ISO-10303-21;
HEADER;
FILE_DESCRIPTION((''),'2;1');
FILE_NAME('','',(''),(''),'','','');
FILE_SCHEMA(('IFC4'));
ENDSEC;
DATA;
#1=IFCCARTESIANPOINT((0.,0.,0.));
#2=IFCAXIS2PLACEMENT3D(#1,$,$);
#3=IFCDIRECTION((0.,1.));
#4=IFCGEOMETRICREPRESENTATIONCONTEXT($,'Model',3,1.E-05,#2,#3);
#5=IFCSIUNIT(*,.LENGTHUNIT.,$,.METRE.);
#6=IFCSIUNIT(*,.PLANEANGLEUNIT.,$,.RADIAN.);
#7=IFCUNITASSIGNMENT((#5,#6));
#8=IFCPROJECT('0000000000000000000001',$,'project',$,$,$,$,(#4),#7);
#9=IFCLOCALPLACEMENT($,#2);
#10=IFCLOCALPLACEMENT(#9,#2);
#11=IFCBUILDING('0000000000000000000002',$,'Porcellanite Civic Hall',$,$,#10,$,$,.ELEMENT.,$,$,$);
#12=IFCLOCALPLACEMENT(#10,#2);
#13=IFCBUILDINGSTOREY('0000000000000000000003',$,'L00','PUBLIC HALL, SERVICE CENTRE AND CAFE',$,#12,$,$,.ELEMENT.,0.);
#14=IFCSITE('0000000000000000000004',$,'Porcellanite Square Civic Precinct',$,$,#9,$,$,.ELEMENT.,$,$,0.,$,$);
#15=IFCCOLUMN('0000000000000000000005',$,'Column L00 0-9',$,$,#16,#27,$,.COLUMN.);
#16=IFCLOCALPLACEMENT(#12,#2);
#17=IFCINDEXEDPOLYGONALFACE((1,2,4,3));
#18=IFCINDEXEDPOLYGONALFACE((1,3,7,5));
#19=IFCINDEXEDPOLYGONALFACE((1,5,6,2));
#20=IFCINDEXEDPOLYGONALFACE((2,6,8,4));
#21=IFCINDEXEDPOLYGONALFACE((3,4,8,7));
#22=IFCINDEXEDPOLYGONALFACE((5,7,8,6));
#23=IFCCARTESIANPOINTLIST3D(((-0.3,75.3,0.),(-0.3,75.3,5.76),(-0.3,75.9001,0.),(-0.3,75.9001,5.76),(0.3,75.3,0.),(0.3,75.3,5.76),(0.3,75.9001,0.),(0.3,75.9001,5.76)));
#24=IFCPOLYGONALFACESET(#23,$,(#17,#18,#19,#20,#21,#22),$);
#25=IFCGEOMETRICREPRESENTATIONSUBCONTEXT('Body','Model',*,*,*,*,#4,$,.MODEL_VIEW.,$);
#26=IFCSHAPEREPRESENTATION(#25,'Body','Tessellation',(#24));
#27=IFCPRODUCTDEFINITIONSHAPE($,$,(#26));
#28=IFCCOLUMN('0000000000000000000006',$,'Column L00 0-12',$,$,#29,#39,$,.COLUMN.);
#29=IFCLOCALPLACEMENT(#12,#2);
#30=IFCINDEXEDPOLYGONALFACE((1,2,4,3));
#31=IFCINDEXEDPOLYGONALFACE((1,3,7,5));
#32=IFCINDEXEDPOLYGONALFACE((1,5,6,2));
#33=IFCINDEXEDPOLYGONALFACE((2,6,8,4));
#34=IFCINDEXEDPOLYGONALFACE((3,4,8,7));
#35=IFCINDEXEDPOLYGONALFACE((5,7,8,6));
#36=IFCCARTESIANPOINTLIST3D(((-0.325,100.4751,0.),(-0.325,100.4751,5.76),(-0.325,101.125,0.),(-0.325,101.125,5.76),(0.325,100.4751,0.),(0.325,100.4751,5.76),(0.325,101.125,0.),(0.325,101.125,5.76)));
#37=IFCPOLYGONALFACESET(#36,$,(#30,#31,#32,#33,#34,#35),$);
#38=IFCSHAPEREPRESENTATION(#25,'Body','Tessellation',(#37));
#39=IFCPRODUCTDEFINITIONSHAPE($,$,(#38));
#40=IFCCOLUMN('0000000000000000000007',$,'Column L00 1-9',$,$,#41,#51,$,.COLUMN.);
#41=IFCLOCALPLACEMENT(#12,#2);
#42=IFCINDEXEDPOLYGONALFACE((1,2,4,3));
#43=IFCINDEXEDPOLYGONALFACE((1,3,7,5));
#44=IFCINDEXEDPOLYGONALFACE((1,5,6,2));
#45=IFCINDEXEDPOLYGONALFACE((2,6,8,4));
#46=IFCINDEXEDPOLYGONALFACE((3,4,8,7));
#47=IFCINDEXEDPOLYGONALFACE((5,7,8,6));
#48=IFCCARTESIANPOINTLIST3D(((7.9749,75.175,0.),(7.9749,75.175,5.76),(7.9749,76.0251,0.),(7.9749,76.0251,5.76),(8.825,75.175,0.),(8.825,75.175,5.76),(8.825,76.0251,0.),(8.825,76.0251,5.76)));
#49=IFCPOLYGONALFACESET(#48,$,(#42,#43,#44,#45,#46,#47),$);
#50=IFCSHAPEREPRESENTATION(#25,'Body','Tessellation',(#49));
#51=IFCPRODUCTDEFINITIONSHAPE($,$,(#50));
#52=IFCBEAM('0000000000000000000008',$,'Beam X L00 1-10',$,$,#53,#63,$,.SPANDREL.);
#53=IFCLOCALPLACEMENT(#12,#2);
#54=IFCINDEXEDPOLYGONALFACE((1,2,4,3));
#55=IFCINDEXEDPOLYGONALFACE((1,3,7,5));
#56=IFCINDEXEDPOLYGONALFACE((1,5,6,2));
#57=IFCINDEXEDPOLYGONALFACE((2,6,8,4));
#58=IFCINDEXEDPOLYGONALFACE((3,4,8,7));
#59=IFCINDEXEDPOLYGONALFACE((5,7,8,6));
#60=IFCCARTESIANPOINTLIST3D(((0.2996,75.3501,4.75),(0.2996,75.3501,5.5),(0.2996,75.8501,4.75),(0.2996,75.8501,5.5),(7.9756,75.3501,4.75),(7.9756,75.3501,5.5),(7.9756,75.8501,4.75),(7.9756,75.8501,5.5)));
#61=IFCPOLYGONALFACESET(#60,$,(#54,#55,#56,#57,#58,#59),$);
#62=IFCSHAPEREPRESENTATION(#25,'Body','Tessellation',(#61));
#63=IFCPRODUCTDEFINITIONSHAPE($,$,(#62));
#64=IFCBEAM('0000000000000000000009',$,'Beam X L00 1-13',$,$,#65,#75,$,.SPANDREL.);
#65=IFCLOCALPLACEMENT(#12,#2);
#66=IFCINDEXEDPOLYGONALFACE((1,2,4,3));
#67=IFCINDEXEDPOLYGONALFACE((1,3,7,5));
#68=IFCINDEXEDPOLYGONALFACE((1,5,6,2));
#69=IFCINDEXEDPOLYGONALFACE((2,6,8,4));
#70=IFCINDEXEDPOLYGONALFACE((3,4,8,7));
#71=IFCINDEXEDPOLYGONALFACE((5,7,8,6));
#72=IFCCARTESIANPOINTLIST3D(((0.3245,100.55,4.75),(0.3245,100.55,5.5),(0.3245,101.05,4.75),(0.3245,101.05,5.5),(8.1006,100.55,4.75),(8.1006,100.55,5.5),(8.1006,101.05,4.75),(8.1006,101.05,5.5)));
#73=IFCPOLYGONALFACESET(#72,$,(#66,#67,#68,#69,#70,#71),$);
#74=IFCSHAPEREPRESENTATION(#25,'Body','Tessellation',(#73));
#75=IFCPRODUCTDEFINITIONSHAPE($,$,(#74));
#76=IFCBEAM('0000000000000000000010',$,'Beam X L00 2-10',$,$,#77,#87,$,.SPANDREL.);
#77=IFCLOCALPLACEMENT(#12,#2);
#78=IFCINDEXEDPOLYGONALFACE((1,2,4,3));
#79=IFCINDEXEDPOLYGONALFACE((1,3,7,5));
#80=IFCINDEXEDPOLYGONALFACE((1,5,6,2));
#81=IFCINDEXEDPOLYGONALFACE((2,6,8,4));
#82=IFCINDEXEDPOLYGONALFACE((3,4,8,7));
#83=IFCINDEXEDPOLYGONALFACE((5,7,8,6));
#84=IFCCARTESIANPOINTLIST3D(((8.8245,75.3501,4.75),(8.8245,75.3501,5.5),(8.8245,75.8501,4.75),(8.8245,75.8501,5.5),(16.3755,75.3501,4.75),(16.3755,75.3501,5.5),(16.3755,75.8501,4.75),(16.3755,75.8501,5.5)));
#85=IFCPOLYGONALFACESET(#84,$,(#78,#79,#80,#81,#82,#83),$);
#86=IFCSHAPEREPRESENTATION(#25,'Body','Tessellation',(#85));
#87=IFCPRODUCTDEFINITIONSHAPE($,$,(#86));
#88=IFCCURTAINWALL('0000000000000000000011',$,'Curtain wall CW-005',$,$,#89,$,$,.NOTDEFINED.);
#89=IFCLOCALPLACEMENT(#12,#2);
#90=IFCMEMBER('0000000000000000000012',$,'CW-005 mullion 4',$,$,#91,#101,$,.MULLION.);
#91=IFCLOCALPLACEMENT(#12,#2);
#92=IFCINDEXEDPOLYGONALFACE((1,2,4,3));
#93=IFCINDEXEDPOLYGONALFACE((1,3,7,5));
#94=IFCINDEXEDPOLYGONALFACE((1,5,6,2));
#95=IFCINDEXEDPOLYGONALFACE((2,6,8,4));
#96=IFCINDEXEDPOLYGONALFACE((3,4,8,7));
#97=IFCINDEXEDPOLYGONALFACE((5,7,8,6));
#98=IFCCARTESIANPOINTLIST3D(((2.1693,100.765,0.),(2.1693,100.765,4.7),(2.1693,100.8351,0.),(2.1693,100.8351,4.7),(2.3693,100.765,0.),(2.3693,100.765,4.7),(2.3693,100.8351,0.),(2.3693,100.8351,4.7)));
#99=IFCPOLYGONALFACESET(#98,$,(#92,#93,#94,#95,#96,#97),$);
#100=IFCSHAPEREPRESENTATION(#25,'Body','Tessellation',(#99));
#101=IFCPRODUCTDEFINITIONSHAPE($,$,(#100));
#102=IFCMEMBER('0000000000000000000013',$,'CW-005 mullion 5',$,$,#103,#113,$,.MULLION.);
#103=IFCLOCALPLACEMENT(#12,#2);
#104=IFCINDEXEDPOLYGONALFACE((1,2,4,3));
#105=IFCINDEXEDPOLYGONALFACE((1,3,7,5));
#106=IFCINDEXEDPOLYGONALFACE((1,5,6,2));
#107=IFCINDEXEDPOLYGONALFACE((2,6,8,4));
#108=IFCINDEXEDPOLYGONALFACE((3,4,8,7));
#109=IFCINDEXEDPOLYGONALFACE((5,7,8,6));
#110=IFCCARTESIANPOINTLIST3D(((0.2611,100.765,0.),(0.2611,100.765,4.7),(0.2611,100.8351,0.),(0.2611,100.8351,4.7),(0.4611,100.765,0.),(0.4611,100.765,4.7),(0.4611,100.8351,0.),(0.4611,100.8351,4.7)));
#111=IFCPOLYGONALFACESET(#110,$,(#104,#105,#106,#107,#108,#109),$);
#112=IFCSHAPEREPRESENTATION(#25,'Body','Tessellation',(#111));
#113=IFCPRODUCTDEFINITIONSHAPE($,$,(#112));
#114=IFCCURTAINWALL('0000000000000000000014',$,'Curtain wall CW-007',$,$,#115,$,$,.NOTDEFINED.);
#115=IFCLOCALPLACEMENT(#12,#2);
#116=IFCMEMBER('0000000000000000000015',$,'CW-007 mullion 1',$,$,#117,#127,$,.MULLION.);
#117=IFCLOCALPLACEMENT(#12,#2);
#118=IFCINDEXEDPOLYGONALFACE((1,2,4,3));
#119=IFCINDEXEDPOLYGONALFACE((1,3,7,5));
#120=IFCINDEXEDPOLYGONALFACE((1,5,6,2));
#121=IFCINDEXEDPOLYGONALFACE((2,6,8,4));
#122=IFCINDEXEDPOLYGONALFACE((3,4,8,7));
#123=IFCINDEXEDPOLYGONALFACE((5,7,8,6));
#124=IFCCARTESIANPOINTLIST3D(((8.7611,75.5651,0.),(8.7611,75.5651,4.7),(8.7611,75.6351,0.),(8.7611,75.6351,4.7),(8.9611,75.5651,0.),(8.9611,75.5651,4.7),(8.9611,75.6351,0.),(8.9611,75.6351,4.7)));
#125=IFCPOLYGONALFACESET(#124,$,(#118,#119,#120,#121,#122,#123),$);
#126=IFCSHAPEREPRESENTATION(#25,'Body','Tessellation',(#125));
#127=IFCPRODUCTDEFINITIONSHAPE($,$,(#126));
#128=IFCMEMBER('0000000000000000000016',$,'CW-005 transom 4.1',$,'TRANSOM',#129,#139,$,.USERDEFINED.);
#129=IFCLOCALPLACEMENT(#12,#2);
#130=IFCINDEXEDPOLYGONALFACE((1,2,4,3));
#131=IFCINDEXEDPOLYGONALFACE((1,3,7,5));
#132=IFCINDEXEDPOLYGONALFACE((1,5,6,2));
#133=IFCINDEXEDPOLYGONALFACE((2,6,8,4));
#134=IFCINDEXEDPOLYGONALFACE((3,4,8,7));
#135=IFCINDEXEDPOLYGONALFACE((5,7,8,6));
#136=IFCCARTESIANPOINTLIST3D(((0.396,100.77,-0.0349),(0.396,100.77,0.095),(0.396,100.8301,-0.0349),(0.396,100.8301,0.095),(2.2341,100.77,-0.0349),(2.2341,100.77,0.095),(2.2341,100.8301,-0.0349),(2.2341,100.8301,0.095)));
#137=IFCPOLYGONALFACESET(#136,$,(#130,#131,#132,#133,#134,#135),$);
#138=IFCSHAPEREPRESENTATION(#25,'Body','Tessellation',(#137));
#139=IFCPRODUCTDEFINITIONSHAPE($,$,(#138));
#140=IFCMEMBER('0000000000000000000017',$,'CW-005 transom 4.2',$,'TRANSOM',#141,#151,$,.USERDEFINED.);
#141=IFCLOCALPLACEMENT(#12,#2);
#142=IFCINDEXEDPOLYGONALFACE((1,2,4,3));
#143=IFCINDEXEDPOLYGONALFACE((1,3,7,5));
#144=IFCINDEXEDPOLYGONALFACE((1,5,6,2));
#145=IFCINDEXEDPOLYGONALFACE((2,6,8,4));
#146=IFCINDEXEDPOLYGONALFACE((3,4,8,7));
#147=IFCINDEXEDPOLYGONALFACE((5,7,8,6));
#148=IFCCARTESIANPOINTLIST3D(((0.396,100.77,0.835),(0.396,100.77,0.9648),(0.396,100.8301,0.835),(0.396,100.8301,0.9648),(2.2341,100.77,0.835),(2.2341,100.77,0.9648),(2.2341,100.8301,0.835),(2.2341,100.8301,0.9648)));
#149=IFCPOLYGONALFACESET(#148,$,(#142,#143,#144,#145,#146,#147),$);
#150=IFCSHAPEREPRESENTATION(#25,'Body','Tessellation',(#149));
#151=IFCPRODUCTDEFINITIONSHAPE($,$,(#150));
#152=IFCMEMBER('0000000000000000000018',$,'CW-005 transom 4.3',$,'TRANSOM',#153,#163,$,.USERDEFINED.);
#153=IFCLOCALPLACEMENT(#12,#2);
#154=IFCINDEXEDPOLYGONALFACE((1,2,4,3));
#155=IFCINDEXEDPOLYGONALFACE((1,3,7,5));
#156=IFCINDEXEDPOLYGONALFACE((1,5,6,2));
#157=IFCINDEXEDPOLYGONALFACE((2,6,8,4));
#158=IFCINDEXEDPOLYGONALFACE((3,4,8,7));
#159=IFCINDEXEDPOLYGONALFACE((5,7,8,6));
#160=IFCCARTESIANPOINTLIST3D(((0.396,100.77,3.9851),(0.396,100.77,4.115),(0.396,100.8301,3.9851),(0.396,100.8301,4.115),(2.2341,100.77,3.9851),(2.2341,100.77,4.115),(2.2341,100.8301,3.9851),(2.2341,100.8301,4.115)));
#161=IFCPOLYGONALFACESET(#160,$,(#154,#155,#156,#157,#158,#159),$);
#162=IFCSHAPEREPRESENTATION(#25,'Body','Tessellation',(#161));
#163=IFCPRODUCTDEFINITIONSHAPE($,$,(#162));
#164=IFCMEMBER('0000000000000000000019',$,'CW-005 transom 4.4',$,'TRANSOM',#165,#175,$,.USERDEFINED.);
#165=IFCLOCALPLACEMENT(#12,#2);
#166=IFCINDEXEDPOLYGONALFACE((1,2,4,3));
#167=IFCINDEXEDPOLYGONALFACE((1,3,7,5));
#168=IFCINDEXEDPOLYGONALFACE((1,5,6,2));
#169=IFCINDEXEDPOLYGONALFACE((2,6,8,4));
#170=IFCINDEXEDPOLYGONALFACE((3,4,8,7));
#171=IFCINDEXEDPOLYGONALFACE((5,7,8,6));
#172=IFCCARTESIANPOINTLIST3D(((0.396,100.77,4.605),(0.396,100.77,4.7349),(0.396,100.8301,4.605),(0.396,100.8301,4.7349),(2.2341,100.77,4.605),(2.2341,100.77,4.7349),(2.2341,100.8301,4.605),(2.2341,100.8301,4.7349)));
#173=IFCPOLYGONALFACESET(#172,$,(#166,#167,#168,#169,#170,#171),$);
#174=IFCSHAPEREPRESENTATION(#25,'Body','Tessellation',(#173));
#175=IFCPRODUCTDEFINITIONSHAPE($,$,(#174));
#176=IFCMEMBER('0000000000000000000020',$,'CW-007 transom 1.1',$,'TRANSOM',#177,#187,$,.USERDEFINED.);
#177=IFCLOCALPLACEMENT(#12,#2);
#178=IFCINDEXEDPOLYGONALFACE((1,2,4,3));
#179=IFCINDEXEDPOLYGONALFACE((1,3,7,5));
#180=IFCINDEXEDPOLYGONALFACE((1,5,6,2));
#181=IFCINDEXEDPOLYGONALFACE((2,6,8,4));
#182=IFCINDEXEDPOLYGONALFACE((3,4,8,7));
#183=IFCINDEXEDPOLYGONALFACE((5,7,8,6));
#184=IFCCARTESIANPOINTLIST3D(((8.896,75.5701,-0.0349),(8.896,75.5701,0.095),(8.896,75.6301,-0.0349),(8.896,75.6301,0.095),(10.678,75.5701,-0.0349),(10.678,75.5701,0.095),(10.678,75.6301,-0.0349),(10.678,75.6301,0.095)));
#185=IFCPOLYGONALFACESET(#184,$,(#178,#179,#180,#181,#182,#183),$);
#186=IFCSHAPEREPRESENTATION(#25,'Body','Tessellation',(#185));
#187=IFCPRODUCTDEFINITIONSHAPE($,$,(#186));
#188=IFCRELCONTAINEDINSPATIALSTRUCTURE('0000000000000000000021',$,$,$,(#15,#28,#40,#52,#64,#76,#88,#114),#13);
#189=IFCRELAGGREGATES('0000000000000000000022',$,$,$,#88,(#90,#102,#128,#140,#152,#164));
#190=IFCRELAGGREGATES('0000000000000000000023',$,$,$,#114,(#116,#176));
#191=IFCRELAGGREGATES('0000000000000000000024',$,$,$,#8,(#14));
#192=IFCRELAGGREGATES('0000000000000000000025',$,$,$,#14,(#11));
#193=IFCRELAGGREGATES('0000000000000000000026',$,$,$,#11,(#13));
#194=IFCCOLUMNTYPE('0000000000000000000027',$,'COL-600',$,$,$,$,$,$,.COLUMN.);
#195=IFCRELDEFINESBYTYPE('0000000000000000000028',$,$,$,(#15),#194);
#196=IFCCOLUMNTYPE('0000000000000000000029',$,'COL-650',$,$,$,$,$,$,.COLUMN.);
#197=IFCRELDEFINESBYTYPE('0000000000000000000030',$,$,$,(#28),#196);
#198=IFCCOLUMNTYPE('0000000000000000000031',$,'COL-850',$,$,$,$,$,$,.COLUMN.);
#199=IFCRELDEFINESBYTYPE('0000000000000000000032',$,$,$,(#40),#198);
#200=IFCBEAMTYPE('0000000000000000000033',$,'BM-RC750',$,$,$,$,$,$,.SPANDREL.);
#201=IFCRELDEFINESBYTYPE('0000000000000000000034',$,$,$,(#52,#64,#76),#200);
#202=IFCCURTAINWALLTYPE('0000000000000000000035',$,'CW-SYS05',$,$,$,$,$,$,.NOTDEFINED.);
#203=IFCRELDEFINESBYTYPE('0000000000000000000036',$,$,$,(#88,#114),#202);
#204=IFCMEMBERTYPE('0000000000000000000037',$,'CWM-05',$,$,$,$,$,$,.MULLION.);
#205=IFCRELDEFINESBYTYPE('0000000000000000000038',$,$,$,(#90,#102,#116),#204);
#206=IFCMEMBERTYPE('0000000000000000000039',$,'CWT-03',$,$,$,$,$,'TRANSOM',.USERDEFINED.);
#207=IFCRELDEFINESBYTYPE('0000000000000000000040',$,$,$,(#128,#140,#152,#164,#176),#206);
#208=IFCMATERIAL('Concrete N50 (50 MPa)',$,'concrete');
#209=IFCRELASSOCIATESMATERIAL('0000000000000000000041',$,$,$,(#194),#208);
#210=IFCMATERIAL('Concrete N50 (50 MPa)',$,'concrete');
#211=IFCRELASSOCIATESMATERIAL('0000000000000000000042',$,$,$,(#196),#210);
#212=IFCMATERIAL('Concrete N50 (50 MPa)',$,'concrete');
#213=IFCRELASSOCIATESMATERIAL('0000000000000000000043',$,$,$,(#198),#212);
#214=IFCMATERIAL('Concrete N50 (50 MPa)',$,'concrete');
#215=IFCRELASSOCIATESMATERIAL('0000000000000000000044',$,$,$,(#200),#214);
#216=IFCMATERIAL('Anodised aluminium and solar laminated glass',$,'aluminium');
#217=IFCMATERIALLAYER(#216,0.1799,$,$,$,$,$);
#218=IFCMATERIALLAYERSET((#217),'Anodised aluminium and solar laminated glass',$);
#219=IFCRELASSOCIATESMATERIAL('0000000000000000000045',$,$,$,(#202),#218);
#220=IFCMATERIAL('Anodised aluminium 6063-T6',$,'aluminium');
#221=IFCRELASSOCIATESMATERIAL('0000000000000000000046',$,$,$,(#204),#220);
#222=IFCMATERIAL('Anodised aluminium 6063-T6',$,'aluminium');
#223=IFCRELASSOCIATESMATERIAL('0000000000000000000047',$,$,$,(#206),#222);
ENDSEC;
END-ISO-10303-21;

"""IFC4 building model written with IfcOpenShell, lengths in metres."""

from ifc_helpers import new_model, si_unit, direction, frame, origin, origin_2d, place, context, subcontext, project, spatial, rectangle, extrude, material, layer, layer_set, material_profile, profile_set, type_object, element, aggregate, save


model = new_model("IFC4")

# Units and contexts
model_context = context("Model", 3, precision=1e-05, world=origin(), true_north=direction((0.0, 1.0)))
body_context = subcontext(model_context, "Body", "Model", "MODEL_VIEW")
ifc_project = project(units=[si_unit("LENGTHUNIT", "METRE"), si_unit("PLANEANGLEUNIT", "RADIAN")], contexts=[model_context])

# Site, building, storey
site_placement = place(None, origin())
site = spatial("IfcSite", under=ifc_project, at=site_placement, Name="Porcellanite Square Civic Precinct", CompositionType="ELEMENT", RefElevation=0.0)
building_placement = place(site_placement, origin())
building = spatial("IfcBuilding", under=site, at=building_placement, Name="Porcellanite Civic Hall", CompositionType="ELEMENT")
storey_placement = place(building_placement, origin())
storey = spatial("IfcBuildingStorey", under=building, at=storey_placement, Name="L00", Description="PUBLIC HALL, SERVICE CENTRE AND CAFE", CompositionType="ELEMENT", Elevation=0.0)

# Columns
ifc_material_1 = material(Name="Concrete N50 (50 MPa)", Category="concrete")
ifc_material_profile_1 = material_profile(ifc_material_1, rectangle(XDim=0.6001, YDim=0.6001, at=origin_2d()), Name="RC-600x600")
ifc_profile_set_1 = profile_set([ifc_material_profile_1], Name="Concrete N50 (50 MPa)")
column_type_1 = type_object("IfcColumnType", Name="COL-600", PredefinedType="COLUMN", material=ifc_profile_set_1)
column_1_placement = place(storey_placement, frame((0.0, 75.6001, 0.0), z_axis=(0.0, 0.0, 1.0), x_axis=(1.0, 0.0, 0.0)))
element("IfcColumn", 1, at=column_1_placement, inside=storey, type_object=column_type_1, Name="Column L00 0-9", PredefinedType="COLUMN", context=body_context, shape_type="SweptSolid", body=[
    extrude(rectangle(XDim=0.6001, YDim=0.6001, at=origin_2d()), origin(), (0.0, 0.0, 1.0), 5.76),
])
ifc_material_2 = material(Name="Concrete N50 (50 MPa)", Category="concrete")
ifc_material_profile_2 = material_profile(ifc_material_2, rectangle(XDim=0.6499, YDim=0.6499, at=origin_2d()), Name="RC-650x650")
ifc_profile_set_2 = profile_set([ifc_material_profile_2], Name="Concrete N50 (50 MPa)")
column_type_2 = type_object("IfcColumnType", Name="COL-650", PredefinedType="COLUMN", material=ifc_profile_set_2)
column_2_placement = place(storey_placement, frame((0.0, 100.8, 0.0), z_axis=(0.0, 0.0, 1.0), x_axis=(1.0, 0.0, 0.0)))
element("IfcColumn", 2, at=column_2_placement, inside=storey, type_object=column_type_2, Name="Column L00 0-12", PredefinedType="COLUMN", context=body_context, shape_type="SweptSolid", body=[
    extrude(rectangle(XDim=0.6499, YDim=0.6499, at=origin_2d()), origin(), (0.0, 0.0, 1.0), 5.76),
])
ifc_material_3 = material(Name="Concrete N50 (50 MPa)", Category="concrete")
ifc_material_profile_3 = material_profile(ifc_material_3, rectangle(XDim=0.8501, YDim=0.8501, at=origin_2d()), Name="RC-850x850")
ifc_profile_set_3 = profile_set([ifc_material_profile_3], Name="Concrete N50 (50 MPa)")
column_type_3 = type_object("IfcColumnType", Name="COL-850", PredefinedType="COLUMN", material=ifc_profile_set_3)
column_3_placement = place(storey_placement, frame((8.3999, 75.6001, 0.0), z_axis=(0.0, 0.0, 1.0), x_axis=(1.0, 0.0, 0.0)))
element("IfcColumn", 3, at=column_3_placement, inside=storey, type_object=column_type_3, Name="Column L00 1-9", PredefinedType="COLUMN", context=body_context, shape_type="SweptSolid", body=[
    extrude(rectangle(XDim=0.8501, YDim=0.8501, at=origin_2d()), origin(), (0.0, 0.0, 1.0), 5.76),
])

# Beams
ifc_material_4 = material(Name="Concrete N50 (50 MPa)", Category="concrete")
ifc_material_profile_4 = material_profile(ifc_material_4, rectangle(XDim=0.5, YDim=0.75, at=origin_2d()), Name="RC-500x750")
ifc_profile_set_4 = profile_set([ifc_material_profile_4], Name="Concrete N50 (50 MPa)")
beam_type = type_object("IfcBeamType", Name="BM-RC750", PredefinedType="SPANDREL", material=ifc_profile_set_4)
beam_1_placement = place(storey_placement, frame((0.2996, 75.6001, 5.125), z_axis=(1.0, 0.0, 0.0), x_axis=(0.0, 1.0, 0.0)))
element("IfcBeam", 4, at=beam_1_placement, inside=storey, type_object=beam_type, Name="Beam X L00 1-10", PredefinedType="SPANDREL", context=body_context, shape_type="SweptSolid", body=[
    extrude(rectangle(XDim=0.5, YDim=0.75, at=origin_2d()), origin(), (0.0, 0.0, 1.0), 7.676),
])
beam_2_placement = place(storey_placement, frame((0.3245, 100.8, 5.125), z_axis=(1.0, 0.0, 0.0), x_axis=(0.0, 1.0, 0.0)))
element("IfcBeam", 5, at=beam_2_placement, inside=storey, type_object=beam_type, Name="Beam X L00 1-13", PredefinedType="SPANDREL", context=body_context, shape_type="SweptSolid", body=[
    extrude(rectangle(XDim=0.5, YDim=0.75, at=origin_2d()), origin(), (0.0, 0.0, 1.0), 7.7761),
])
beam_3_placement = place(storey_placement, frame((8.8245, 75.6001, 5.125), z_axis=(1.0, 0.0, 0.0), x_axis=(0.0, 1.0, 0.0)))
element("IfcBeam", 6, at=beam_3_placement, inside=storey, type_object=beam_type, Name="Beam X L00 2-10", PredefinedType="SPANDREL", context=body_context, shape_type="SweptSolid", body=[
    extrude(rectangle(XDim=0.5, YDim=0.75, at=origin_2d()), origin(), (0.0, 0.0, 1.0), 7.551),
])

# Curtain wall, members
ifc_material_5 = material(Name="Anodised aluminium and solar laminated glass", Category="aluminium")
ifc_layer_1 = layer(ifc_material_5, 0.1799)
ifc_layer_set_1 = layer_set([ifc_layer_1], Name="Anodised aluminium and solar laminated glass")
curtain_wall_type = type_object("IfcCurtainWallType", Name="CW-SYS05", PredefinedType="NOTDEFINED", material=ifc_layer_set_1)
curtain_wall_1_placement = place(storey_placement, origin())
curtain_wall_1 = element("IfcCurtainWall", 7, at=curtain_wall_1_placement, inside=storey, type_object=curtain_wall_type, Name="Curtain wall CW-005", PredefinedType="NOTDEFINED")
ifc_material_6 = material(Name="Anodised aluminium 6063-T6", Category="aluminium")
ifc_material_profile_5 = material_profile(ifc_material_6, rectangle(XDim=0.0701, YDim=0.2, at=origin_2d()), Name="AL-70x200")
ifc_profile_set_5 = profile_set([ifc_material_profile_5], Name="Anodised aluminium 6063-T6")
member_type_1 = type_object("IfcMemberType", Name="CWM-05", PredefinedType="MULLION", material=ifc_profile_set_5)
member_1_placement = place(storey_placement, frame((2.2693, 100.8, 0.0), z_axis=(0.0, 0.0, 1.0), x_axis=(0.0, -1.0, 0.0)))
member_1 = element("IfcMember", 8, at=member_1_placement, type_object=member_type_1, Name="CW-005 mullion 4", PredefinedType="MULLION", context=body_context, shape_type="SweptSolid", body=[
    extrude(rectangle(XDim=0.0701, YDim=0.2, at=origin_2d()), origin(), (0.0, 0.0, 1.0), 4.7),
])
member_2_placement = place(storey_placement, frame((0.3611, 100.8, 0.0), z_axis=(0.0, 0.0, 1.0), x_axis=(0.0, -1.0, 0.0)))
member_2 = element("IfcMember", 9, at=member_2_placement, type_object=member_type_1, Name="CW-005 mullion 5", PredefinedType="MULLION", context=body_context, shape_type="SweptSolid", body=[
    extrude(rectangle(XDim=0.0701, YDim=0.2, at=origin_2d()), origin(), (0.0, 0.0, 1.0), 4.7),
])

# Curtain wall, member
curtain_wall_2_placement = place(storey_placement, origin())
curtain_wall_2 = element("IfcCurtainWall", 10, at=curtain_wall_2_placement, inside=storey, type_object=curtain_wall_type, Name="Curtain wall CW-007", PredefinedType="NOTDEFINED")
member_3_placement = place(storey_placement, frame((8.8611, 75.6001, 0.0), z_axis=(0.0, 0.0, 1.0), x_axis=(0.0, 1.0, 0.0)))
member_3 = element("IfcMember", 11, at=member_3_placement, type_object=member_type_1, Name="CW-007 mullion 1", PredefinedType="MULLION", context=body_context, shape_type="SweptSolid", body=[
    extrude(rectangle(XDim=0.0701, YDim=0.2, at=origin_2d()), origin(), (0.0, 0.0, 1.0), 4.7),
])

# Members
ifc_material_7 = material(Name="Anodised aluminium 6063-T6", Category="aluminium")
ifc_material_profile_6 = material_profile(ifc_material_7, rectangle(XDim=0.0601, YDim=0.1299, at=origin_2d()), Name="AL-60x130")
ifc_profile_set_6 = profile_set([ifc_material_profile_6], Name="Anodised aluminium 6063-T6")
member_type_2 = type_object("IfcMemberType", Name="CWT-03", ElementType="TRANSOM", PredefinedType="USERDEFINED", material=ifc_profile_set_6)
member_4_placement = place(storey_placement, frame((2.2341, 100.8, 0.03), z_axis=(-1.0, 0.0, 0.0), x_axis=(0.0, -1.0, 0.0)))
member_4 = element("IfcMember", 12, at=member_4_placement, type_object=member_type_2, Name="CW-005 transom 4.1", ObjectType="TRANSOM", PredefinedType="USERDEFINED", context=body_context, shape_type="SweptSolid", body=[
    extrude(rectangle(XDim=0.0601, YDim=0.1299, at=origin_2d()), origin(), (0.0, 0.0, 1.0), 1.8381),
])
member_5_placement = place(storey_placement, frame((2.2341, 100.8, 0.8999), z_axis=(-1.0, 0.0, 0.0), x_axis=(0.0, -1.0, 0.0)))
member_5 = element("IfcMember", 13, at=member_5_placement, type_object=member_type_2, Name="CW-005 transom 4.2", ObjectType="TRANSOM", PredefinedType="USERDEFINED", context=body_context, shape_type="SweptSolid", body=[
    extrude(rectangle(XDim=0.0601, YDim=0.1299, at=origin_2d()), origin(), (0.0, 0.0, 1.0), 1.8381),
])
member_6_placement = place(storey_placement, frame((2.2341, 100.8, 4.05), z_axis=(-1.0, 0.0, 0.0), x_axis=(0.0, -1.0, 0.0)))
member_6 = element("IfcMember", 14, at=member_6_placement, type_object=member_type_2, Name="CW-005 transom 4.3", ObjectType="TRANSOM", PredefinedType="USERDEFINED", context=body_context, shape_type="SweptSolid", body=[
    extrude(rectangle(XDim=0.0601, YDim=0.1299, at=origin_2d()), origin(), (0.0, 0.0, 1.0), 1.8381),
])
member_7_placement = place(storey_placement, frame((2.2341, 100.8, 4.6699), z_axis=(-1.0, 0.0, 0.0), x_axis=(0.0, -1.0, 0.0)))
member_7 = element("IfcMember", 15, at=member_7_placement, type_object=member_type_2, Name="CW-005 transom 4.4", ObjectType="TRANSOM", PredefinedType="USERDEFINED", context=body_context, shape_type="SweptSolid", body=[
    extrude(rectangle(XDim=0.0601, YDim=0.1299, at=origin_2d()), origin(), (0.0, 0.0, 1.0), 1.8381),
])
member_8_placement = place(storey_placement, frame((8.896, 75.6001, 0.03), z_axis=(1.0, 0.0, 0.0), x_axis=(0.0, 1.0, 0.0)))
member_8 = element("IfcMember", 16, at=member_8_placement, type_object=member_type_2, Name="CW-007 transom 1.1", ObjectType="TRANSOM", PredefinedType="USERDEFINED", context=body_context, shape_type="SweptSolid", body=[
    extrude(rectangle(XDim=0.0601, YDim=0.1299, at=origin_2d()), origin(), (0.0, 0.0, 1.0), 1.782),
])

aggregate(curtain_wall_1, [member_1, member_2, member_4, member_5, member_6, member_7])
aggregate(curtain_wall_2, [member_3, member_8])

save(model, "model.ifc")
